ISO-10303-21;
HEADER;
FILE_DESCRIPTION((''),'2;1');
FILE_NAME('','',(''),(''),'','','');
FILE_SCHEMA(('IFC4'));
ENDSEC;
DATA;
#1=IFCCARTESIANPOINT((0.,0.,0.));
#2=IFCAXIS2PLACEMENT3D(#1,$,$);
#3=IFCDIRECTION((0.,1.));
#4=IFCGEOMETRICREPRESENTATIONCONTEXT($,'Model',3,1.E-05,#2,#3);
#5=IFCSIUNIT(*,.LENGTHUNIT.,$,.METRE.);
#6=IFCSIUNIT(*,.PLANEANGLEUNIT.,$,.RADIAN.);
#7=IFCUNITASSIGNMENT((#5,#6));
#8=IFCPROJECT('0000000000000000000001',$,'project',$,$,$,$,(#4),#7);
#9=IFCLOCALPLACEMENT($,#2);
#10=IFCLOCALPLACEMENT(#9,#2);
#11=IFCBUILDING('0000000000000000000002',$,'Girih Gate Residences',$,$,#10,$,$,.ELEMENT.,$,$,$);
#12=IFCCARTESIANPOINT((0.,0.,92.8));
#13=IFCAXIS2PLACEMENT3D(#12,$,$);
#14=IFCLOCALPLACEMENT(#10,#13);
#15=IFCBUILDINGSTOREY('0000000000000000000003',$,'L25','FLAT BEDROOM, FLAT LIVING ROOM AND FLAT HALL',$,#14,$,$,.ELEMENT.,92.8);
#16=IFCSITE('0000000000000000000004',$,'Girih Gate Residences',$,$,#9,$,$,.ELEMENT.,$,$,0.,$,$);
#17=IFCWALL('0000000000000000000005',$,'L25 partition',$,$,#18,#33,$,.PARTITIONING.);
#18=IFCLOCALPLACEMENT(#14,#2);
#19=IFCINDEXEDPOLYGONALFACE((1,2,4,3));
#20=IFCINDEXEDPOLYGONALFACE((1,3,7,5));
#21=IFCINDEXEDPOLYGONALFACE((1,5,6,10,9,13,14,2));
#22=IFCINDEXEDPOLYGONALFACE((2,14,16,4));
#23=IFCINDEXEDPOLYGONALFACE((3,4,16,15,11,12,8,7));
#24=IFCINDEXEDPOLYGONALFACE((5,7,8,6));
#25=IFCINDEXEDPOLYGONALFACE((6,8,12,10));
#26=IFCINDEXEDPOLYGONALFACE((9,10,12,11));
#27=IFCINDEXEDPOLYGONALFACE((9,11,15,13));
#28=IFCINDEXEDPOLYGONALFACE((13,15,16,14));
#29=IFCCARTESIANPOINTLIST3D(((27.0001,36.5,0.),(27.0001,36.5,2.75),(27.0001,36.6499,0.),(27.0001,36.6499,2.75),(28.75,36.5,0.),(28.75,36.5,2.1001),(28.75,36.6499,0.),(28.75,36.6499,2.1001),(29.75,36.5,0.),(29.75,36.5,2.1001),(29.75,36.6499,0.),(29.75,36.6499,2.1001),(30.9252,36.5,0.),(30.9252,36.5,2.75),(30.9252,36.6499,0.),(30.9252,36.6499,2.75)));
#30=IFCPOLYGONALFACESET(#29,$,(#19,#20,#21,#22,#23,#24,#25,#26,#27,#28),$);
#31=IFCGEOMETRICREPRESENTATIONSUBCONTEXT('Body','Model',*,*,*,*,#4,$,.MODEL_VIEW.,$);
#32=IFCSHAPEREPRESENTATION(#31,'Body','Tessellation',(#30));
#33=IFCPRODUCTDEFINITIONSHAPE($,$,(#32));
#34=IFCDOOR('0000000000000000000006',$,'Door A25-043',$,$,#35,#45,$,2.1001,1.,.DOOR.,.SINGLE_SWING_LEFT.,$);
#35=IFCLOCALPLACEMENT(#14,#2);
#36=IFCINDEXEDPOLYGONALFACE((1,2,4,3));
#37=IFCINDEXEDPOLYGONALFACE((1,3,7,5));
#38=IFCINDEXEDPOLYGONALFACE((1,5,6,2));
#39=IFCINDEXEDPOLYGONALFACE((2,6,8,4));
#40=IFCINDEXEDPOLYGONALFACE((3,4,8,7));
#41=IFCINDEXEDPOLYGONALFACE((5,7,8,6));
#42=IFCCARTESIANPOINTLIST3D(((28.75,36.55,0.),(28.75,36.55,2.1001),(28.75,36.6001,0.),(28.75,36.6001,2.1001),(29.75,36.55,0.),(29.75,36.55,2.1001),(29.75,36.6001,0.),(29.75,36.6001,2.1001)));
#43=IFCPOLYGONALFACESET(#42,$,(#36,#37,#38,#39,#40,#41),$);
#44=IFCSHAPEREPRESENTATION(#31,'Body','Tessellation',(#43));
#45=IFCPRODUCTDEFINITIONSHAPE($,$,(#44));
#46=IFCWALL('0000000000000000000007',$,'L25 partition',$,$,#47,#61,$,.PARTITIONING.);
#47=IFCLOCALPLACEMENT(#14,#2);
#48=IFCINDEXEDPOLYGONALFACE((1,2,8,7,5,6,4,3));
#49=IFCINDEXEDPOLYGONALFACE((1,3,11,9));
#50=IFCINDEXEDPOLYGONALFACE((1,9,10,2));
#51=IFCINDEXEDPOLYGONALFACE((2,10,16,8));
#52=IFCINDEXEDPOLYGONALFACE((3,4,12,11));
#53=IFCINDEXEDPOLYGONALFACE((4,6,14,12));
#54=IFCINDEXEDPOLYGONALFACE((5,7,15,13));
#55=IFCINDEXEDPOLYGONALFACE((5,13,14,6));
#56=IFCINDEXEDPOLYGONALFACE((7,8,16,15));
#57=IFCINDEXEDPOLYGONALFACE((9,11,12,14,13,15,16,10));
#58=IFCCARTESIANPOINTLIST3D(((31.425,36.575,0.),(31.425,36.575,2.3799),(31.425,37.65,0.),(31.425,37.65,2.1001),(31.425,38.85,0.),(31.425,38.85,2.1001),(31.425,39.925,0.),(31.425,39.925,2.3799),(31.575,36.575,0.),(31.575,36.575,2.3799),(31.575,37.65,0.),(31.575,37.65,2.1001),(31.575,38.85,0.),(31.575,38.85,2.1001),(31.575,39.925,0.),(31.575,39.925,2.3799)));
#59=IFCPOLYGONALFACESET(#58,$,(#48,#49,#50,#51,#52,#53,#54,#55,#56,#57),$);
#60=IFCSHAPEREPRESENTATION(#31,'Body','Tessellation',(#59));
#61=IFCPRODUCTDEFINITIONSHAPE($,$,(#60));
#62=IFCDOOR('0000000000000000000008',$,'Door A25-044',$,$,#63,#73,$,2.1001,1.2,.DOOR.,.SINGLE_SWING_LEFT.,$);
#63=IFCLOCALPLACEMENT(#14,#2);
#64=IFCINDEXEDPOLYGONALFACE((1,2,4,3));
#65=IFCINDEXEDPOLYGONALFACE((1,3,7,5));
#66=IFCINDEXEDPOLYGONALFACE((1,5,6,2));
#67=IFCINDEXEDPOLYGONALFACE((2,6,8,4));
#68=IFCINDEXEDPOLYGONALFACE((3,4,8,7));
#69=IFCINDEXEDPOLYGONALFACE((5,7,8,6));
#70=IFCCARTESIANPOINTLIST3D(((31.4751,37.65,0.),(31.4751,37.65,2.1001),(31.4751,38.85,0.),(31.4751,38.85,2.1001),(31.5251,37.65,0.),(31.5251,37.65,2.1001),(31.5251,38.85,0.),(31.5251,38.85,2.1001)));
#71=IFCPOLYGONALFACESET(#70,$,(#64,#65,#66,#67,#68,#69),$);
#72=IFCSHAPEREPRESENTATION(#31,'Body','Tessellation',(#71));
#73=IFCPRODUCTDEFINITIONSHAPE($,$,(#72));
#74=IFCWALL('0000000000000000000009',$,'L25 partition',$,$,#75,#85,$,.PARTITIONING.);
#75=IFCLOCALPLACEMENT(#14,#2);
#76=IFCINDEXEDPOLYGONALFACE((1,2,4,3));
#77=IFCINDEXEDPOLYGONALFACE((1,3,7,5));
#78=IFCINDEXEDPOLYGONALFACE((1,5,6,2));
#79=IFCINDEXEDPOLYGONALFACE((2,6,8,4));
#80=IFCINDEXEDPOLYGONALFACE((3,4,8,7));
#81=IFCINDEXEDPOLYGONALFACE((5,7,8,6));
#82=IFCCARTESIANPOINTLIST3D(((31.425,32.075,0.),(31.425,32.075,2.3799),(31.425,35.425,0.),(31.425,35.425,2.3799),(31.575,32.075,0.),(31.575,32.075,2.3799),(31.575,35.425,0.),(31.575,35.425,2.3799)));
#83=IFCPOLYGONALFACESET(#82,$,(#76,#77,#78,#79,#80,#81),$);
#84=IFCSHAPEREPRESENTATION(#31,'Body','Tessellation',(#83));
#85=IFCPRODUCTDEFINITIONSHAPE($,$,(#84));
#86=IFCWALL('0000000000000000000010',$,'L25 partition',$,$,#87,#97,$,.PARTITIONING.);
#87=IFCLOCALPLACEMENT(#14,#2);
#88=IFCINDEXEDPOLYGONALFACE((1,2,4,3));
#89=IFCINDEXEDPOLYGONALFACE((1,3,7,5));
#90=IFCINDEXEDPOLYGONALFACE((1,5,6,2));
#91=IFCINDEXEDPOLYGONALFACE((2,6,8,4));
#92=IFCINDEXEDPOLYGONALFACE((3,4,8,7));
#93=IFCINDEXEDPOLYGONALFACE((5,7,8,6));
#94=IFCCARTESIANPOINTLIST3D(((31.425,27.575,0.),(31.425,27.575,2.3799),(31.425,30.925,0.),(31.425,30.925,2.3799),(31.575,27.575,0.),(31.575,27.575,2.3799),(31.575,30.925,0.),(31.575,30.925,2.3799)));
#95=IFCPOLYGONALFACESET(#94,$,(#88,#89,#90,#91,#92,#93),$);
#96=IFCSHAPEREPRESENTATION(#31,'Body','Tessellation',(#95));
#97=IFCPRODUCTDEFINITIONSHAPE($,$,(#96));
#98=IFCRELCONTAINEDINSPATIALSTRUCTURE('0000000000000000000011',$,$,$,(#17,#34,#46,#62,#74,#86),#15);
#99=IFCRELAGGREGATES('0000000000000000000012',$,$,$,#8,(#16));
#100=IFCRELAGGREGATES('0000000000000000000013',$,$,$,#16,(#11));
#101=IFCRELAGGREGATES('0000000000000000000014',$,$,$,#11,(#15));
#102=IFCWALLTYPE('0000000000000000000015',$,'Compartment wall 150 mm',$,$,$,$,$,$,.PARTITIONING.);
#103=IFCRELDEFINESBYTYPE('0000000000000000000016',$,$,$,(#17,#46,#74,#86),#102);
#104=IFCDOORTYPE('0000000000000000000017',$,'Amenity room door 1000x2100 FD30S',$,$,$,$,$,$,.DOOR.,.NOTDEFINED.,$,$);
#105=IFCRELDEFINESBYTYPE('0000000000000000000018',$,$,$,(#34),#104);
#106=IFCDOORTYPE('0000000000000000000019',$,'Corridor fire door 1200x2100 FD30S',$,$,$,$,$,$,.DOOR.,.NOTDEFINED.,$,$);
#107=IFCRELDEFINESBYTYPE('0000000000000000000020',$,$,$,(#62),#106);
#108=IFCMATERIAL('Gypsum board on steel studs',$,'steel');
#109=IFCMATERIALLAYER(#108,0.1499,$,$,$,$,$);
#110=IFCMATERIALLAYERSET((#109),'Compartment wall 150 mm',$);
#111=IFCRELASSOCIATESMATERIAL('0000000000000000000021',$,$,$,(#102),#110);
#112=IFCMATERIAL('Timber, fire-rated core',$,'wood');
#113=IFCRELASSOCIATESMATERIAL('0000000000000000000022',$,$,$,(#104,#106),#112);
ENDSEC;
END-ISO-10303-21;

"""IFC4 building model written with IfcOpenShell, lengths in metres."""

from ifc_helpers import new_model, si_unit, direction, frame, frame_2d, origin, place, context, subcontext, project, spatial, rectangle, extrude, material, layer, layer_set, type_object, element, fill, save


model = new_model("IFC4")

# Units and contexts
model_context = context("Model", 3, precision=1e-05, world=origin(), true_north=direction((0.0, 1.0)))
body_context = subcontext(model_context, "Body", "Model", "MODEL_VIEW")
ifc_project = project(units=[si_unit("LENGTHUNIT", "METRE"), si_unit("PLANEANGLEUNIT", "RADIAN")], contexts=[model_context])

# Site, building, storey
site_placement = place(None, origin())
site = spatial("IfcSite", under=ifc_project, at=site_placement, Name="Girih Gate Residences", CompositionType="ELEMENT", RefElevation=0.0)
building_placement = place(site_placement, origin())
building = spatial("IfcBuilding", under=site, at=building_placement, Name="Girih Gate Residences", CompositionType="ELEMENT")
storey_placement = place(building_placement, frame((0.0, 0.0, 92.8)))
storey = spatial("IfcBuildingStorey", under=building, at=storey_placement, Name="L25", Description="FLAT BEDROOM, FLAT LIVING ROOM AND FLAT HALL", CompositionType="ELEMENT", Elevation=92.8)

# Walls, openings, doors
ifc_material_1 = material(Name="Gypsum board on steel studs", Category="steel")
ifc_layer = layer(ifc_material_1, 0.1499)
ifc_layer_set = layer_set([ifc_layer], Name="Compartment wall 150 mm")
wall_type = type_object("IfcWallType", Name="Compartment wall 150 mm", PredefinedType="PARTITIONING", material=ifc_layer_set)
ifc_material_2 = material(Name="Timber, fire-rated core", Category="wood")
door_type_1 = type_object("IfcDoorType", Name="Amenity room door 1000x2100 FD30S", OperationType="NOTDEFINED", PredefinedType="DOOR", material=ifc_material_2)
wall_1_placement = place(storey_placement, frame((30.925, 36.575, 0.0), z_axis=(0.0, 0.0, 1.0), x_axis=(-1.0, 0.0, 0.0)))
wall_1 = element("IfcWall", 1, at=wall_1_placement, inside=storey, type_object=wall_type, Name="L25 partition", PredefinedType="PARTITIONING", context=body_context, shape_type="SweptSolid", body=[
    extrude(rectangle(XDim=3.925, YDim=0.1499, at=frame_2d((1.9624, 0.0))), origin(), (0.0, 0.0, 1.0), 2.75),
])
opening_1_placement = place(wall_1_placement, frame((1.175, 0.0, 0.0)))
opening_1 = element("IfcOpeningElement", 2, at=opening_1_placement, cuts=wall_1, PredefinedType="OPENING", context=body_context, shape_type="SweptSolid", body=[
    extrude(rectangle(XDim=1.0, YDim=2.1001, at=frame_2d((0.5, 1.05))), frame((0.0, 0.085, 0.0), z_axis=(0.0, -1.0, 0.0), x_axis=(1.0, 0.0, 0.0)), (0.0, 0.0, 1.0), 0.1699),
])
door_1_placement = place(opening_1_placement, origin())
door_1 = element("IfcDoor", 3, at=door_1_placement, inside=storey, type_object=door_type_1, Name="Door A25-043", OperationType="SINGLE_SWING_LEFT", OverallHeight=2.1001, OverallWidth=1.0, PredefinedType="DOOR", context=body_context, shape_type="SweptSolid", body=[
    extrude(rectangle(XDim=1.0, YDim=2.1001, at=frame_2d((0.5, 1.05))), frame((0.0, 0.0249, 0.0), z_axis=(0.0, -1.0, 0.0), x_axis=(1.0, 0.0, 0.0)), (0.0, 0.0, 1.0), 0.05),
])
fill(opening_1, door_1)
wall_2_placement = place(storey_placement, frame((31.5, 36.575, 0.0), z_axis=(0.0, 0.0, 1.0), x_axis=(0.0, 1.0, 0.0)))
wall_2 = element("IfcWall", 4, at=wall_2_placement, inside=storey, type_object=wall_type, Name="L25 partition", PredefinedType="PARTITIONING", context=body_context, shape_type="SweptSolid", body=[
    extrude(rectangle(XDim=3.3501, YDim=0.1499, at=frame_2d((1.675, 0.0))), origin(), (0.0, 0.0, 1.0), 2.3799),
])
opening_2_placement = place(wall_2_placement, frame((1.075, 0.0, 0.0)))
opening_2 = element("IfcOpeningElement", 5, at=opening_2_placement, cuts=wall_2, PredefinedType="OPENING", context=body_context, shape_type="SweptSolid", body=[
    extrude(rectangle(XDim=1.2, YDim=2.1001, at=frame_2d((0.6001, 1.05))), frame((0.0, 0.085, 0.0), z_axis=(0.0, -1.0, 0.0), x_axis=(1.0, 0.0, 0.0)), (0.0, 0.0, 1.0), 0.1699),
])
door_type_2 = type_object("IfcDoorType", Name="Corridor fire door 1200x2100 FD30S", OperationType="NOTDEFINED", PredefinedType="DOOR", material=ifc_material_2)
door_2_placement = place(opening_2_placement, origin())
door_2 = element("IfcDoor", 6, at=door_2_placement, inside=storey, type_object=door_type_2, Name="Door A25-044", OperationType="SINGLE_SWING_LEFT", OverallHeight=2.1001, OverallWidth=1.2, PredefinedType="DOOR", context=body_context, shape_type="SweptSolid", body=[
    extrude(rectangle(XDim=1.2, YDim=2.1001, at=frame_2d((0.6001, 1.05))), frame((0.0, 0.0249, 0.0), z_axis=(0.0, -1.0, 0.0), x_axis=(1.0, 0.0, 0.0)), (0.0, 0.0, 1.0), 0.05),
])
fill(opening_2, door_2)

# Walls
for number, where, z_axis, x_axis, name in (
    (7, (31.5, 32.075, 0.0), (0.0, 0.0, 1.0), (0.0, 1.0, 0.0), "L25 partition"),
    (8, (31.5, 27.575, 0.0), (0.0, 0.0, 1.0), (0.0, 1.0, 0.0), "L25 partition"),
):
    element("IfcWall", number, at=place(storey_placement, frame(where, z_axis=z_axis, x_axis=x_axis)), inside=storey, type_object=wall_type, Name=name, PredefinedType="PARTITIONING", context=body_context, shape_type="SweptSolid", body=[
        extrude(rectangle(XDim=3.3501, YDim=0.1499, at=frame_2d((1.675, 0.0))), origin(), (0.0, 0.0, 1.0), 2.3799),
    ])

save(model, "model.ifc")
